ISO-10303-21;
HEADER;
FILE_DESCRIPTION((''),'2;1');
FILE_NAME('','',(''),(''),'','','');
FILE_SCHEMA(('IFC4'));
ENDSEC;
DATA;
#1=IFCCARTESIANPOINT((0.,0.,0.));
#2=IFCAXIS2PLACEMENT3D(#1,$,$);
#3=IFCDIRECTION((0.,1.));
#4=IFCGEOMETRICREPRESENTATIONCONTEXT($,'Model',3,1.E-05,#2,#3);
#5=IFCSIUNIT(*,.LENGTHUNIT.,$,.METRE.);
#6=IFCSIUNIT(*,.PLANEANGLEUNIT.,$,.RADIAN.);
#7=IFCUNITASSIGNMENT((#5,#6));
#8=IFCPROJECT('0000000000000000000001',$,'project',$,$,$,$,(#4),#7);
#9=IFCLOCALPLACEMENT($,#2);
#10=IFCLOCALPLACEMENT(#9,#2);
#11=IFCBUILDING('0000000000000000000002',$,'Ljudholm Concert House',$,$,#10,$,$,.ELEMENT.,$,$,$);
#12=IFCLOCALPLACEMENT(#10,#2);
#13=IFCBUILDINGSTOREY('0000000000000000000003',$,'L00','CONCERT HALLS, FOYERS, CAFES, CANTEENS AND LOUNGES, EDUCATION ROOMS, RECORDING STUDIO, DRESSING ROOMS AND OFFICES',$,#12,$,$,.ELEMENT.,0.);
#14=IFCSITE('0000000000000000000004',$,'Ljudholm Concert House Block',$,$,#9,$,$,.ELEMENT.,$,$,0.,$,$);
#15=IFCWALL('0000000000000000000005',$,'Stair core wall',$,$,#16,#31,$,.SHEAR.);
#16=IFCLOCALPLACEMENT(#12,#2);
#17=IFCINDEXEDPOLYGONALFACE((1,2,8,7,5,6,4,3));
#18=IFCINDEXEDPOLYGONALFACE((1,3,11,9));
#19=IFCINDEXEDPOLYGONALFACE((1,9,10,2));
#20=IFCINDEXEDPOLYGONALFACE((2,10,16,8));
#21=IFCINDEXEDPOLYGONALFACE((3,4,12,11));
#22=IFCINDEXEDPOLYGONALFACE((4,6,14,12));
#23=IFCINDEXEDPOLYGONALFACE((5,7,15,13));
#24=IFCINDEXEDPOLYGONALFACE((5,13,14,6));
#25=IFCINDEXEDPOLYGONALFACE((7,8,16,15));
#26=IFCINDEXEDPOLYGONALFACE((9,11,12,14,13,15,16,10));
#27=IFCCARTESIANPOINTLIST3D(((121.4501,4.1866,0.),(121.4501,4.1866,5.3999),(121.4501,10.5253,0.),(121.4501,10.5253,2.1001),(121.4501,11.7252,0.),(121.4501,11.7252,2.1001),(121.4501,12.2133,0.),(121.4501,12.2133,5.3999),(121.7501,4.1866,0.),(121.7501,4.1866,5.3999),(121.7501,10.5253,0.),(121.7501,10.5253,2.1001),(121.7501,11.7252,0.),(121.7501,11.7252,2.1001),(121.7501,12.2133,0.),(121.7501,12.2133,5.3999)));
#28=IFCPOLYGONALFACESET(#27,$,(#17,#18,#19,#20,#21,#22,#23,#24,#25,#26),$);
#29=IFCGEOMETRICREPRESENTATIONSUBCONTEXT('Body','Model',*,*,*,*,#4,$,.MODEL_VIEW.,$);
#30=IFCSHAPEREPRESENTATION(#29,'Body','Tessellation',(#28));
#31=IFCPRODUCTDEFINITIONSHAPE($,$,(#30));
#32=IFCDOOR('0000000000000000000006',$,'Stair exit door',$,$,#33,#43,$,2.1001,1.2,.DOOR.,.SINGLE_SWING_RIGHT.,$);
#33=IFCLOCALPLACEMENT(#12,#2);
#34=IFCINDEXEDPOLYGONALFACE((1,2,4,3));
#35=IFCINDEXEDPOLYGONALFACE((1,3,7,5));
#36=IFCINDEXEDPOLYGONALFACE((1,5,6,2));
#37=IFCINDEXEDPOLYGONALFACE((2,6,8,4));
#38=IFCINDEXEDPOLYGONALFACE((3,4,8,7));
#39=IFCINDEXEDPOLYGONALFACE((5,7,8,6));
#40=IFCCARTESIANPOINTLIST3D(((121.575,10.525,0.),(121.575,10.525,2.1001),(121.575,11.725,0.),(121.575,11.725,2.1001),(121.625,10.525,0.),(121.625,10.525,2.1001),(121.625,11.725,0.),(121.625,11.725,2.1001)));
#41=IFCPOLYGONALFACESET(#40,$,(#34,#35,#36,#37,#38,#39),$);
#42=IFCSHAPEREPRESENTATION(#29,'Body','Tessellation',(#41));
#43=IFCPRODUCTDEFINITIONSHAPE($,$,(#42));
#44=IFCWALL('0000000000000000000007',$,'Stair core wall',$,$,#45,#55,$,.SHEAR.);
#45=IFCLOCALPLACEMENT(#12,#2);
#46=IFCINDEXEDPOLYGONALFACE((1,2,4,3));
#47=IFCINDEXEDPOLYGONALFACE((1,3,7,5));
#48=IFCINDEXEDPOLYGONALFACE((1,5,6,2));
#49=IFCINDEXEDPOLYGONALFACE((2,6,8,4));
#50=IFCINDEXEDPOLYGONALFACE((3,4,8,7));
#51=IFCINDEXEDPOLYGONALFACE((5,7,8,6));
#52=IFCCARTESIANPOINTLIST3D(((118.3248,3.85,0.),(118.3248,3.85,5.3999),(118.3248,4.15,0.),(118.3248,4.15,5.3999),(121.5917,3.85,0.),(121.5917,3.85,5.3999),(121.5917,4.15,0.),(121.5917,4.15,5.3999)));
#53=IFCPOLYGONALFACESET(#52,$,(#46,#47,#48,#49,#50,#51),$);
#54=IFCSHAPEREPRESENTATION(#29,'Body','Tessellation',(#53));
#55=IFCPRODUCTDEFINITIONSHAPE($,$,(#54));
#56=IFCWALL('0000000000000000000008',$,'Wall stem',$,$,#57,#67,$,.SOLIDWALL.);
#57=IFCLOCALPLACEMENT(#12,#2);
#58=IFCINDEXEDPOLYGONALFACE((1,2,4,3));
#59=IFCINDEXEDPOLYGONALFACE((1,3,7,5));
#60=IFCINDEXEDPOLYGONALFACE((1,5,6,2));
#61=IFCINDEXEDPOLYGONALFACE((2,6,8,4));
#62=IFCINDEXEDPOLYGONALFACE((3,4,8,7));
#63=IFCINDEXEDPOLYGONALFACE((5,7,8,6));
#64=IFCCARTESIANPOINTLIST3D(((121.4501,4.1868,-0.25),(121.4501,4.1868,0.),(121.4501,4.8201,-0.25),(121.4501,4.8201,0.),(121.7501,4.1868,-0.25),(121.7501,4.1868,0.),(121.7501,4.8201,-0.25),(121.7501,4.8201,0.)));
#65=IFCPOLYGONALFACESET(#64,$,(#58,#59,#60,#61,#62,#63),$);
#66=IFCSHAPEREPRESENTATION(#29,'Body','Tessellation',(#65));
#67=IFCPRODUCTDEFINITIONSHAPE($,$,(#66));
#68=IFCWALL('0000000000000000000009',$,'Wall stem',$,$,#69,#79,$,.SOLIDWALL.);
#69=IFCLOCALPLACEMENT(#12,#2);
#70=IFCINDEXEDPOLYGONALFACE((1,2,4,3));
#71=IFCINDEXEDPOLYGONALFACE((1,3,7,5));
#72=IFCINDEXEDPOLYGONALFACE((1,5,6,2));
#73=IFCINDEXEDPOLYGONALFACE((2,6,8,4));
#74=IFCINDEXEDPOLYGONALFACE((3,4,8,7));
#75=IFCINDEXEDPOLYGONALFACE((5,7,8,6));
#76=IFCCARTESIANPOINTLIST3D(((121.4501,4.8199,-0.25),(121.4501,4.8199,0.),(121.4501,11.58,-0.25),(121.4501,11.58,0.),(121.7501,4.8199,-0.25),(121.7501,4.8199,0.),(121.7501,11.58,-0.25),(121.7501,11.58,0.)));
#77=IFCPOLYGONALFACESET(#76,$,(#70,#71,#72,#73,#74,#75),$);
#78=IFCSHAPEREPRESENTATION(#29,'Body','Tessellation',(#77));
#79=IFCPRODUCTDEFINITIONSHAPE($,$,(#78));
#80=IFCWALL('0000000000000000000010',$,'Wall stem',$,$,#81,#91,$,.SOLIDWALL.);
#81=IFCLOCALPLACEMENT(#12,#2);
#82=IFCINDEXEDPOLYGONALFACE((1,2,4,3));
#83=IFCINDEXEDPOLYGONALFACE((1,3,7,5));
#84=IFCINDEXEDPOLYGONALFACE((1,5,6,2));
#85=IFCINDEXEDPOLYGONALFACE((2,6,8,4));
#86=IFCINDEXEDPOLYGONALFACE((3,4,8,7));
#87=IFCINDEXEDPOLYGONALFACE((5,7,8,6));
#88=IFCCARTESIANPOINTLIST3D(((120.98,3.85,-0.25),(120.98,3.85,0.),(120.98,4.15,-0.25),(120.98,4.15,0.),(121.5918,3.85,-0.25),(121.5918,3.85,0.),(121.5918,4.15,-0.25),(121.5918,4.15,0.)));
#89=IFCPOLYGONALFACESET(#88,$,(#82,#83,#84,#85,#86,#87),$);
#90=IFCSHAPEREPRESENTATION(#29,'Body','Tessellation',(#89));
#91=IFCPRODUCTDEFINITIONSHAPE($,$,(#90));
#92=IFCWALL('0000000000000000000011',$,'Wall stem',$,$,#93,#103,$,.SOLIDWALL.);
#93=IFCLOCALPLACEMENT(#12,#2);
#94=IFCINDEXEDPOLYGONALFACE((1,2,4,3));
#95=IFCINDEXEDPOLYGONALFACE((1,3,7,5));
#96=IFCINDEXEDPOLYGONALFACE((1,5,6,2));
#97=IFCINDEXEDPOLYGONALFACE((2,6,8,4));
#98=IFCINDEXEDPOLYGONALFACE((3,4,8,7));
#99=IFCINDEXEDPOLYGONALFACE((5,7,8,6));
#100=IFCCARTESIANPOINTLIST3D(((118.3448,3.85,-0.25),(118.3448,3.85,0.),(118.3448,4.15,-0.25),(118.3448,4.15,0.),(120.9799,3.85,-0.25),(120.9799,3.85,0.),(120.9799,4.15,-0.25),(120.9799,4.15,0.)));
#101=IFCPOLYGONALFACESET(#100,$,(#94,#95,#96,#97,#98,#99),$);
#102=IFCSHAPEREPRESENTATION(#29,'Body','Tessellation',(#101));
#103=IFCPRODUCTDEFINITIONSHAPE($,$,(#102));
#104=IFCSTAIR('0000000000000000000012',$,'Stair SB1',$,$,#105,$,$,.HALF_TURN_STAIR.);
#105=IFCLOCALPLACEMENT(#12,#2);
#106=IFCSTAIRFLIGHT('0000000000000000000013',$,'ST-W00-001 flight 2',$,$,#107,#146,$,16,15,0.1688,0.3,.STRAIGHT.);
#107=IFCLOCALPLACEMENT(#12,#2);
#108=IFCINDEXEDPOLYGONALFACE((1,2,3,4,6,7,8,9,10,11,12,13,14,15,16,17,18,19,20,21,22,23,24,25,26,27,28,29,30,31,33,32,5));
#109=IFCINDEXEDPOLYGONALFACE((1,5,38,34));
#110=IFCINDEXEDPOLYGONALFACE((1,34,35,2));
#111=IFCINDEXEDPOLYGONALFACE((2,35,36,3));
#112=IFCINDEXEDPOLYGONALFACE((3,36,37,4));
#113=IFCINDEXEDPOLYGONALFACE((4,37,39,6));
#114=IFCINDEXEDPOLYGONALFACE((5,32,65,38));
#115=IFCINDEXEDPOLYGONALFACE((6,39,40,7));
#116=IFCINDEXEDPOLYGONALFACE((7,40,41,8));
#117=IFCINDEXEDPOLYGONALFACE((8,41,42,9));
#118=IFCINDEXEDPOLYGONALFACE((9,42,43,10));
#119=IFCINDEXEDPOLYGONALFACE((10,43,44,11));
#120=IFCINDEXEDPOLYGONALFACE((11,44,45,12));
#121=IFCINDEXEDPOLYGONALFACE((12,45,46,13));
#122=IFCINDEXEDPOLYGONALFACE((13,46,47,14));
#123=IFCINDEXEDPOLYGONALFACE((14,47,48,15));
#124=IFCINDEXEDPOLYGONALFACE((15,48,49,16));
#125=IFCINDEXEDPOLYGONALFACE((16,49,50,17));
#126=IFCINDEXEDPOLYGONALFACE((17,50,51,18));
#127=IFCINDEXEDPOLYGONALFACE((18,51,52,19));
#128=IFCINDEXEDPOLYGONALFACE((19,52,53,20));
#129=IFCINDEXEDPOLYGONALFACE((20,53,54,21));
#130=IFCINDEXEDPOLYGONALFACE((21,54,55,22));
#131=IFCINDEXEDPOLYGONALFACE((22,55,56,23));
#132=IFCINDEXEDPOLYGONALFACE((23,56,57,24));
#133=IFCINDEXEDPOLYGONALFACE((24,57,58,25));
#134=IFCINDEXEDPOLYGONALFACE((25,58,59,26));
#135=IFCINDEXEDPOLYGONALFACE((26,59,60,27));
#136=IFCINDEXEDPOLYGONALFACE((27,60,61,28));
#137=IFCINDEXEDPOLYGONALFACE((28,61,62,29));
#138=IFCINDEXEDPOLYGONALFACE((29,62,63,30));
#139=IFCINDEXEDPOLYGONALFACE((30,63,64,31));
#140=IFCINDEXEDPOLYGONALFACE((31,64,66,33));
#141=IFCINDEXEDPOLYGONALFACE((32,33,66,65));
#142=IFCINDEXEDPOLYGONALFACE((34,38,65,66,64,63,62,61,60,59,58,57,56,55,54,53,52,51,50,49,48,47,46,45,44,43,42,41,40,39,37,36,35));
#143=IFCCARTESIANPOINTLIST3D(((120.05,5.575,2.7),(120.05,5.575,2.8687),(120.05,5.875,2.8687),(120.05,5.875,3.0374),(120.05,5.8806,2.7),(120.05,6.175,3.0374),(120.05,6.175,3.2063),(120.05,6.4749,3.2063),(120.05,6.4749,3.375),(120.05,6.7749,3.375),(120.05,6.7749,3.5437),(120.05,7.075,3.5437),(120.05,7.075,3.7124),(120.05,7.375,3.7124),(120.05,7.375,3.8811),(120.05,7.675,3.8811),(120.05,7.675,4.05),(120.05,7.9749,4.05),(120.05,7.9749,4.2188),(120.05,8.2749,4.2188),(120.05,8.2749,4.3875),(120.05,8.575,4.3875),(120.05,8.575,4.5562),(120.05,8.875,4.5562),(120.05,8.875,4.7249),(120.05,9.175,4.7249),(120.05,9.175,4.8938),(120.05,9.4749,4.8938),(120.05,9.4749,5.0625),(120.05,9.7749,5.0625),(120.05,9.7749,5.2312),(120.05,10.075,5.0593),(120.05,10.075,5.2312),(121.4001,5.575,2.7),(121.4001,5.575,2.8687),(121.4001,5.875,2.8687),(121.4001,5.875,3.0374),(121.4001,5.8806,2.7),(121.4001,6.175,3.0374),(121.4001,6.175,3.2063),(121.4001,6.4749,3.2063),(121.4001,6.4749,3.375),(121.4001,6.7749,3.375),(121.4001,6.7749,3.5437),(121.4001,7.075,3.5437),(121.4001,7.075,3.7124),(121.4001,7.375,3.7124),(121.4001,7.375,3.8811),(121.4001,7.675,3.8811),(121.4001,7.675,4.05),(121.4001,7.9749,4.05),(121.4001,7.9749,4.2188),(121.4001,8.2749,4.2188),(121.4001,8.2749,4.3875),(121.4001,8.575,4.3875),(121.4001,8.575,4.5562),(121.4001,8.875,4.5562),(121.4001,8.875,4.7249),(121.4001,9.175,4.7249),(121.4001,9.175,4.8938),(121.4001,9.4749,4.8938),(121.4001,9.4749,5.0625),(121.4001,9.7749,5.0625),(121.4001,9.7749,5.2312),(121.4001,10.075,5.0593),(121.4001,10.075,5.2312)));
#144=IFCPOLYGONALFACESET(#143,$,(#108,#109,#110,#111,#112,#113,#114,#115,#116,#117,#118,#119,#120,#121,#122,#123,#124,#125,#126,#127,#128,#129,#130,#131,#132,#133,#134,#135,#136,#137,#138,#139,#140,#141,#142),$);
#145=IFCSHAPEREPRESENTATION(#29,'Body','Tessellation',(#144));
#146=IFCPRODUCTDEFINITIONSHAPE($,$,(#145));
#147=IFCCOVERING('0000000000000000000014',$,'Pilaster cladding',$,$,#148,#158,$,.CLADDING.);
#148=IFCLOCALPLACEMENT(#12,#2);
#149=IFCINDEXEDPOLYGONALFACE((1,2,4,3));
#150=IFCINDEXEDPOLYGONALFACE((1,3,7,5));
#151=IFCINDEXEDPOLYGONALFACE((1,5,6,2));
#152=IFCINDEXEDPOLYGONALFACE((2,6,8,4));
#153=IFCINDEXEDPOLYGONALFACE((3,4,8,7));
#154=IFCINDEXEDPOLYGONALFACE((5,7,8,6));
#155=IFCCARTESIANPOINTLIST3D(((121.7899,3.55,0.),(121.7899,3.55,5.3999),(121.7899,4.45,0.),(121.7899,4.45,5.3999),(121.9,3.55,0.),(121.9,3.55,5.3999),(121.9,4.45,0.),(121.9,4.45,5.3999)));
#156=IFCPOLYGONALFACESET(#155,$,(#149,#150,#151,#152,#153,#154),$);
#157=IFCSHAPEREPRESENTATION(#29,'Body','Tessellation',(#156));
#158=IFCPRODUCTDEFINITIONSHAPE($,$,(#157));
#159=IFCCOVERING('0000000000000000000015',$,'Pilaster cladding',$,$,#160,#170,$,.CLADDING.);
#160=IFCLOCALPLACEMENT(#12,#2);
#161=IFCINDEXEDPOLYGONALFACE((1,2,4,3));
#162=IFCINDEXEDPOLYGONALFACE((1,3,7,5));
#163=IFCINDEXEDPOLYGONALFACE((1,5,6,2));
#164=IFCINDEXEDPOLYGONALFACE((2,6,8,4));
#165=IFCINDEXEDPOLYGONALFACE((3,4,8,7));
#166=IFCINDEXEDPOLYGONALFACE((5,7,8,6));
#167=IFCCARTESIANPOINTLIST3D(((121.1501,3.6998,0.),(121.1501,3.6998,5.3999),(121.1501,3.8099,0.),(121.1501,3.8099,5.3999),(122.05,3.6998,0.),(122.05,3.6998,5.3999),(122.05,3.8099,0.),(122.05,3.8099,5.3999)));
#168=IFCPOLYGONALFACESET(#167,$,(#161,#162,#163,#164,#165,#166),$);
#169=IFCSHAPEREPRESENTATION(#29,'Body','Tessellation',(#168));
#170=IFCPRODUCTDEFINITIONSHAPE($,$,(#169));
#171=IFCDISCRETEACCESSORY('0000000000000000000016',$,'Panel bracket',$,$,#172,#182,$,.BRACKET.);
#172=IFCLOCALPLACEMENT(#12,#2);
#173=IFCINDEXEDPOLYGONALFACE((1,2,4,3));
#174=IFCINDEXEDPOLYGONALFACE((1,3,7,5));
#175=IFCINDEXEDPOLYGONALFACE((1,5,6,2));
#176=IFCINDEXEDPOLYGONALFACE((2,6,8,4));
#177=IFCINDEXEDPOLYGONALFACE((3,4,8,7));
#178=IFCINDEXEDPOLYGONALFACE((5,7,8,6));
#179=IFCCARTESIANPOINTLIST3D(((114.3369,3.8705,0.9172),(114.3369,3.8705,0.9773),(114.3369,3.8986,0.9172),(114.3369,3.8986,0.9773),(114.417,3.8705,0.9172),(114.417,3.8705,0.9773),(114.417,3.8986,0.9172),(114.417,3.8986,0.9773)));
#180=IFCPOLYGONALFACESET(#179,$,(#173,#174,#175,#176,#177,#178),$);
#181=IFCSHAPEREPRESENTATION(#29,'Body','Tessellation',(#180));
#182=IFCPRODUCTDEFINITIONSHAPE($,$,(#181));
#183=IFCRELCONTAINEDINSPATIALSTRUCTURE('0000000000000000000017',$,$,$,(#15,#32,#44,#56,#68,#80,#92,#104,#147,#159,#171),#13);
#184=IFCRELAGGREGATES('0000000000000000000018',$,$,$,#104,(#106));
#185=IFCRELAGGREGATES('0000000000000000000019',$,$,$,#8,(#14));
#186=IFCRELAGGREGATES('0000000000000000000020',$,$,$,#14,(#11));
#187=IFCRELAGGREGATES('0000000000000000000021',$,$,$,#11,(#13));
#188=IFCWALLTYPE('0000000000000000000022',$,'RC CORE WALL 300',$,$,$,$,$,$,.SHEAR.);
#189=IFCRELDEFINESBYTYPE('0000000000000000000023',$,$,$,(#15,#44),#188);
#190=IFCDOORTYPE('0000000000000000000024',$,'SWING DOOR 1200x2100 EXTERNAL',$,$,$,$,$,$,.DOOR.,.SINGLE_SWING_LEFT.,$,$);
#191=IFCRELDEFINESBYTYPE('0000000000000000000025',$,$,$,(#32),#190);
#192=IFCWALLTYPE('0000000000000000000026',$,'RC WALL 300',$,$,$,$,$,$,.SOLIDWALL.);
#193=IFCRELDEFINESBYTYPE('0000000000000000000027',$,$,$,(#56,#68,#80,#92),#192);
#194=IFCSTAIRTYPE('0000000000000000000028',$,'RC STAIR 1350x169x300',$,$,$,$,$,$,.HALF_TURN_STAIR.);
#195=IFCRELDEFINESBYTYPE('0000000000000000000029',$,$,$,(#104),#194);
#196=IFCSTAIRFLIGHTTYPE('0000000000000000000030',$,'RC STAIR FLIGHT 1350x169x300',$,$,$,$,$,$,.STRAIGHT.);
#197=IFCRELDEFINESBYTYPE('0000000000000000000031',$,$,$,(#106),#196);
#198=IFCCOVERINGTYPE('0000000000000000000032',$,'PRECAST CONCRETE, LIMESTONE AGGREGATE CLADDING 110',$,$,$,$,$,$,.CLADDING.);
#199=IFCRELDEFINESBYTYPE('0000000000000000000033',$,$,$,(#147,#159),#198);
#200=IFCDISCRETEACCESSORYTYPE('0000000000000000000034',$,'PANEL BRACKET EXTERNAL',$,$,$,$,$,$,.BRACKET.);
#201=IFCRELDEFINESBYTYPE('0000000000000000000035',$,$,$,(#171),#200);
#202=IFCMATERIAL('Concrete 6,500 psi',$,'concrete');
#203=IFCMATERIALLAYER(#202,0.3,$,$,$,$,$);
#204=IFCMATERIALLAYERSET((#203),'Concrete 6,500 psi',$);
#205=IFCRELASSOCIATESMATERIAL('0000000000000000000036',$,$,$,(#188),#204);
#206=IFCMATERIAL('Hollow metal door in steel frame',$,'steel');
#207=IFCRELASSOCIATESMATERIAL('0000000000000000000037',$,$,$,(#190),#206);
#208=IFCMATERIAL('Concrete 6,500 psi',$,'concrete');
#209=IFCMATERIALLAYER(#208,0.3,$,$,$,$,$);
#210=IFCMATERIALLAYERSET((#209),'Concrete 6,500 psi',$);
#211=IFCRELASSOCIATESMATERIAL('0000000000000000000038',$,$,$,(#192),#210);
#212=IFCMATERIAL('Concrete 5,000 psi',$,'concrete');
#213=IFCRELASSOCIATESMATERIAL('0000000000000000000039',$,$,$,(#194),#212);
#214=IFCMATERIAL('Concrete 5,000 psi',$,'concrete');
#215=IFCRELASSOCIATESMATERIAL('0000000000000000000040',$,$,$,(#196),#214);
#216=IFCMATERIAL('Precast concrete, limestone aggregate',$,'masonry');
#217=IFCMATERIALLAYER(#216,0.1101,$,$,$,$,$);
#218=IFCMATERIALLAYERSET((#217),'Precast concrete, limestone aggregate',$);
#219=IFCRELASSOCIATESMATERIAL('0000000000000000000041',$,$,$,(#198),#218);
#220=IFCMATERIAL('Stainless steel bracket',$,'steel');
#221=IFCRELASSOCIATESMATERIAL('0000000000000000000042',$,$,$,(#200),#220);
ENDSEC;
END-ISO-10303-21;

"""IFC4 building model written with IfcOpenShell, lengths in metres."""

from ifc_helpers import new_model, si_unit, direction, frame, frame_2d, origin, origin_2d, place, context, subcontext, project, spatial, polyline, rectangle, outline, extrude, material, layer, layer_set, type_object, element, fill, aggregate, save


model = new_model("IFC4")

# Units and contexts
model_context = context("Model", 3, precision=1e-05, world=origin(), true_north=direction((0.0, 1.0)))
body_context = subcontext(model_context, "Body", "Model", "MODEL_VIEW")
ifc_project = project(units=[si_unit("LENGTHUNIT", "METRE"), si_unit("PLANEANGLEUNIT", "RADIAN")], contexts=[model_context])

# Site, building, storey
site_placement = place(None, origin())
site = spatial("IfcSite", under=ifc_project, at=site_placement, Name="Ljudholm Concert House Block", CompositionType="ELEMENT", RefElevation=0.0)
building_placement = place(site_placement, origin())
building = spatial("IfcBuilding", under=site, at=building_placement, Name="Ljudholm Concert House", CompositionType="ELEMENT")
storey_placement = place(building_placement, origin())
storey = spatial("IfcBuildingStorey", under=building, at=storey_placement, Name="L00", Description="CONCERT HALLS, FOYERS, CAFES, CANTEENS AND LOUNGES, EDUCATION ROOMS, RECORDING STUDIO, DRESSING ROOMS AND OFFICES", CompositionType="ELEMENT", Elevation=0.0)

# Wall, opening, door
ifc_material_1 = material(Name="Concrete 6,500 psi", Category="concrete")
ifc_layer_1 = layer(ifc_material_1, 0.3)
ifc_layer_set_1 = layer_set([ifc_layer_1], Name="Concrete 6,500 psi")
wall_type_1 = type_object("IfcWallType", Name="RC CORE WALL 300", PredefinedType="SHEAR", material=ifc_layer_set_1)
wall_1_placement = place(storey_placement, frame((121.6001, 4.1868, 0.0), z_axis=(0.0, 0.0, 1.0), x_axis=(0.0, 1.0, 0.0)))
wall_1 = element("IfcWall", 1, at=wall_1_placement, inside=storey, type_object=wall_type_1, Name="Stair core wall", PredefinedType="SHEAR", context=body_context, shape_type="SweptSolid", body=[
    extrude(rectangle(XDim=8.0266, YDim=0.3, at=frame_2d((4.0132, 0.0))), origin(), (0.0, 0.0, 1.0), 5.3999),
])
opening_1_placement = place(wall_1_placement, frame((6.3384, 0.0, 0.0)))
opening_1 = element("IfcOpeningElement", 2, at=opening_1_placement, cuts=wall_1, PredefinedType="OPENING", context=body_context, shape_type="SweptSolid", body=[
    extrude(rectangle(XDim=1.2, YDim=2.1001, at=frame_2d((0.6001, 1.05))), frame((0.0, 0.1599, 0.0), z_axis=(0.0, -1.0, 0.0), x_axis=(1.0, 0.0, 0.0)), (0.0, 0.0, 1.0), 0.3201),
])
ifc_material_2 = material(Name="Hollow metal door in steel frame", Category="steel")
door_type_1 = type_object("IfcDoorType", Name="SWING DOOR 1200x2100 EXTERNAL", OperationType="SINGLE_SWING_LEFT", PredefinedType="DOOR", material=ifc_material_2)
door_1_placement = place(opening_1_placement, frame((1.2, 0.0, 0.0), z_axis=(0.0, 0.0, 1.0), x_axis=(-1.0, 0.0, 0.0)))
door_1 = element("IfcDoor", 3, at=door_1_placement, inside=storey, type_object=door_type_1, Name="Stair exit door", OperationType="SINGLE_SWING_RIGHT", OverallHeight=2.1001, OverallWidth=1.2, PredefinedType="DOOR", context=body_context, shape_type="SweptSolid", body=[
    extrude(rectangle(XDim=1.2, YDim=2.1001, at=frame_2d((0.6001, 1.05))), frame((0.0, 0.0249, 0.0), z_axis=(0.0, -1.0, 0.0), x_axis=(1.0, 0.0, 0.0)), (0.0, 0.0, 1.0), 0.05),
])
fill(opening_1, door_1)

# Walls
wall_2_placement = place(storey_placement, frame((118.325, 4.0, 0.0), z_axis=(0.0, 0.0, 1.0), x_axis=(1.0, 0.0, 0.0)))
element("IfcWall", 4, at=wall_2_placement, inside=storey, type_object=wall_type_1, Name="Stair core wall", PredefinedType="SHEAR", context=body_context, shape_type="SweptSolid", body=[
    extrude(rectangle(XDim=3.2668, YDim=0.3, at=frame_2d((1.6333, 0.0))), origin(), (0.0, 0.0, 1.0), 5.3999),
])
ifc_material_3 = material(Name="Concrete 6,500 psi", Category="concrete")
ifc_layer_2 = layer(ifc_material_3, 0.3)
ifc_layer_set_2 = layer_set([ifc_layer_2], Name="Concrete 6,500 psi")
wall_type_2 = type_object("IfcWallType", Name="RC WALL 300", PredefinedType="SOLIDWALL", material=ifc_layer_set_2)
wall_3_placement = place(storey_placement, frame((121.6001, 4.1868, -0.25), z_axis=(0.0, 0.0, 1.0), x_axis=(0.0, 1.0, 0.0)))
element("IfcWall", 5, at=wall_3_placement, inside=storey, type_object=wall_type_2, Name="Wall stem", PredefinedType="SOLIDWALL", context=body_context, shape_type="SweptSolid", body=[
    extrude(rectangle(XDim=0.6333, YDim=0.3, at=frame_2d((0.3167, 0.0))), origin(), (0.0, 0.0, 1.0), 0.25),
])
wall_4_placement = place(storey_placement, frame((121.6001, 4.8201, -0.25), z_axis=(0.0, 0.0, 1.0), x_axis=(0.0, 1.0, 0.0)))
element("IfcWall", 6, at=wall_4_placement, inside=storey, type_object=wall_type_2, Name="Wall stem", PredefinedType="SOLIDWALL", context=body_context, shape_type="SweptSolid", body=[
    extrude(rectangle(XDim=6.76, YDim=0.3, at=frame_2d((3.3799, 0.0))), origin(), (0.0, 0.0, 1.0), 0.25),
])
wall_5_placement = place(storey_placement, frame((120.98, 4.0, -0.25), z_axis=(0.0, 0.0, 1.0), x_axis=(1.0, 0.0, 0.0)))
element("IfcWall", 7, at=wall_5_placement, inside=storey, type_object=wall_type_2, Name="Wall stem", PredefinedType="SOLIDWALL", context=body_context, shape_type="SweptSolid", body=[
    extrude(rectangle(XDim=0.6118, YDim=0.3, at=frame_2d((0.3059, 0.0))), origin(), (0.0, 0.0, 1.0), 0.25),
])
wall_6_placement = place(storey_placement, frame((118.345, 4.0, -0.25), z_axis=(0.0, 0.0, 1.0), x_axis=(1.0, 0.0, 0.0)))
element("IfcWall", 8, at=wall_6_placement, inside=storey, type_object=wall_type_2, Name="Wall stem", PredefinedType="SOLIDWALL", context=body_context, shape_type="SweptSolid", body=[
    extrude(rectangle(XDim=2.635, YDim=0.3, at=frame_2d((1.3174, 0.0))), origin(), (0.0, 0.0, 1.0), 0.25),
])

# Stair, stair flight
ifc_material_4 = material(Name="Concrete 5,000 psi", Category="concrete")
stair_type = type_object("IfcStairType", Name="RC STAIR 1350x169x300", PredefinedType="HALF_TURN_STAIR", material=ifc_material_4)
stair_placement = place(storey_placement, origin())
stair = element("IfcStair", 9, at=stair_placement, inside=storey, type_object=stair_type, Name="Stair SB1", PredefinedType="HALF_TURN_STAIR")
ifc_material_5 = material(Name="Concrete 5,000 psi", Category="concrete")
stair_flight_type = type_object("IfcStairFlightType", Name="RC STAIR FLIGHT 1350x169x300", PredefinedType="STRAIGHT", material=ifc_material_5)
stair_flight_placement = place(storey_placement, frame((120.7251, 5.575, 2.7), z_axis=(0.0, 0.0, 1.0), x_axis=(0.0, 1.0, 0.0)))
stair_flight = element("IfcStairFlight", 10, at=stair_flight_placement, type_object=stair_flight_type, Name="ST-W00-001 flight 2", NumberOfRisers=16, NumberOfTreads=15, PredefinedType="STRAIGHT", RiserHeight=0.1688, TreadLength=0.3, context=body_context, shape_type="SweptSolid", body=[
    extrude(outline(polyline([(0.0, 0.0), (0.0, 0.1687), (0.3, 0.1687), (0.3, 0.3374), (0.6001, 0.3374), (0.6001, 0.5063), (0.8999, 0.5063), (0.8999, 0.675), (1.2, 0.675), (1.2, 0.8438), (1.5, 0.8438), (1.5, 1.0125), (1.8, 1.0125), (1.8, 1.1812), (2.1001, 1.1812), (2.1001, 1.3501), (2.3999, 1.3501), (2.3999, 1.5188), (2.7, 1.5188), (2.7, 1.6875), (3.0, 1.6875), (3.0, 1.8562), (3.3, 1.8562), (3.3, 2.0249), (3.6001, 2.0249), (3.6001, 2.1938), (3.8999, 2.1938), (3.8999, 2.3625), (4.2, 2.3625), (4.2, 2.5312), (4.5, 2.5312), (4.5, 2.7), (4.5, 2.3594), (0.3057, 0.0), (0.0, 0.0)])), frame((0.0, 0.675, 0.0), z_axis=(0.0, -1.0, 0.0), x_axis=(1.0, 0.0, 0.0)), (0.0, 0.0, 1.0), 1.3501),
])
aggregate(stair, [stair_flight])

# Coverings
ifc_material_6 = material(Name="Precast concrete, limestone aggregate", Category="masonry")
ifc_layer_3 = layer(ifc_material_6, 0.1101)
ifc_layer_set_3 = layer_set([ifc_layer_3], Name="Precast concrete, limestone aggregate")
covering_type = type_object("IfcCoveringType", Name="PRECAST CONCRETE, LIMESTONE AGGREGATE CLADDING 110", PredefinedType="CLADDING", material=ifc_layer_set_3)
for number, where, z_axis, x_axis, name in (
    (11, (121.845, 4.0, 0.0), (0.0, 0.0, 1.0), (1.0, 0.0, 0.0), "Pilaster cladding"),
    (12, (121.6001, 3.7549, 0.0), (0.0, 0.0, 1.0), (0.0, -1.0, 0.0), "Pilaster cladding"),
):
    element("IfcCovering", number, at=place(storey_placement, frame(where, z_axis=z_axis, x_axis=x_axis)), inside=storey, type_object=covering_type, Name=name, PredefinedType="CLADDING", context=body_context, shape_type="SweptSolid", body=[
        extrude(rectangle(XDim=0.1101, YDim=0.8999, at=origin_2d()), origin(), (0.0, 0.0, 1.0), 5.3999),
    ])

# Discrete accessory
ifc_material_7 = material(Name="Stainless steel bracket", Category="steel")
discrete_accessory_type = type_object("IfcDiscreteAccessoryType", Name="PANEL BRACKET EXTERNAL", PredefinedType="BRACKET", material=ifc_material_7)
for number, where, z_axis, x_axis, name in (
    (13, (114.377, 3.8845, 0.9172), (0.0, 0.0, 1.0), (0.0, -1.0, 0.0), "Panel bracket"),
):
    element("IfcDiscreteAccessory", number, at=place(storey_placement, frame(where, z_axis=z_axis, x_axis=x_axis)), inside=storey, type_object=discrete_accessory_type, Name=name, PredefinedType="BRACKET", context=body_context, shape_type="SweptSolid", body=[
        extrude(rectangle(XDim=0.0281, YDim=0.0801, at=origin_2d()), origin(), (0.0, 0.0, 1.0), 0.0601),
    ])

save(model, "model.ifc")
